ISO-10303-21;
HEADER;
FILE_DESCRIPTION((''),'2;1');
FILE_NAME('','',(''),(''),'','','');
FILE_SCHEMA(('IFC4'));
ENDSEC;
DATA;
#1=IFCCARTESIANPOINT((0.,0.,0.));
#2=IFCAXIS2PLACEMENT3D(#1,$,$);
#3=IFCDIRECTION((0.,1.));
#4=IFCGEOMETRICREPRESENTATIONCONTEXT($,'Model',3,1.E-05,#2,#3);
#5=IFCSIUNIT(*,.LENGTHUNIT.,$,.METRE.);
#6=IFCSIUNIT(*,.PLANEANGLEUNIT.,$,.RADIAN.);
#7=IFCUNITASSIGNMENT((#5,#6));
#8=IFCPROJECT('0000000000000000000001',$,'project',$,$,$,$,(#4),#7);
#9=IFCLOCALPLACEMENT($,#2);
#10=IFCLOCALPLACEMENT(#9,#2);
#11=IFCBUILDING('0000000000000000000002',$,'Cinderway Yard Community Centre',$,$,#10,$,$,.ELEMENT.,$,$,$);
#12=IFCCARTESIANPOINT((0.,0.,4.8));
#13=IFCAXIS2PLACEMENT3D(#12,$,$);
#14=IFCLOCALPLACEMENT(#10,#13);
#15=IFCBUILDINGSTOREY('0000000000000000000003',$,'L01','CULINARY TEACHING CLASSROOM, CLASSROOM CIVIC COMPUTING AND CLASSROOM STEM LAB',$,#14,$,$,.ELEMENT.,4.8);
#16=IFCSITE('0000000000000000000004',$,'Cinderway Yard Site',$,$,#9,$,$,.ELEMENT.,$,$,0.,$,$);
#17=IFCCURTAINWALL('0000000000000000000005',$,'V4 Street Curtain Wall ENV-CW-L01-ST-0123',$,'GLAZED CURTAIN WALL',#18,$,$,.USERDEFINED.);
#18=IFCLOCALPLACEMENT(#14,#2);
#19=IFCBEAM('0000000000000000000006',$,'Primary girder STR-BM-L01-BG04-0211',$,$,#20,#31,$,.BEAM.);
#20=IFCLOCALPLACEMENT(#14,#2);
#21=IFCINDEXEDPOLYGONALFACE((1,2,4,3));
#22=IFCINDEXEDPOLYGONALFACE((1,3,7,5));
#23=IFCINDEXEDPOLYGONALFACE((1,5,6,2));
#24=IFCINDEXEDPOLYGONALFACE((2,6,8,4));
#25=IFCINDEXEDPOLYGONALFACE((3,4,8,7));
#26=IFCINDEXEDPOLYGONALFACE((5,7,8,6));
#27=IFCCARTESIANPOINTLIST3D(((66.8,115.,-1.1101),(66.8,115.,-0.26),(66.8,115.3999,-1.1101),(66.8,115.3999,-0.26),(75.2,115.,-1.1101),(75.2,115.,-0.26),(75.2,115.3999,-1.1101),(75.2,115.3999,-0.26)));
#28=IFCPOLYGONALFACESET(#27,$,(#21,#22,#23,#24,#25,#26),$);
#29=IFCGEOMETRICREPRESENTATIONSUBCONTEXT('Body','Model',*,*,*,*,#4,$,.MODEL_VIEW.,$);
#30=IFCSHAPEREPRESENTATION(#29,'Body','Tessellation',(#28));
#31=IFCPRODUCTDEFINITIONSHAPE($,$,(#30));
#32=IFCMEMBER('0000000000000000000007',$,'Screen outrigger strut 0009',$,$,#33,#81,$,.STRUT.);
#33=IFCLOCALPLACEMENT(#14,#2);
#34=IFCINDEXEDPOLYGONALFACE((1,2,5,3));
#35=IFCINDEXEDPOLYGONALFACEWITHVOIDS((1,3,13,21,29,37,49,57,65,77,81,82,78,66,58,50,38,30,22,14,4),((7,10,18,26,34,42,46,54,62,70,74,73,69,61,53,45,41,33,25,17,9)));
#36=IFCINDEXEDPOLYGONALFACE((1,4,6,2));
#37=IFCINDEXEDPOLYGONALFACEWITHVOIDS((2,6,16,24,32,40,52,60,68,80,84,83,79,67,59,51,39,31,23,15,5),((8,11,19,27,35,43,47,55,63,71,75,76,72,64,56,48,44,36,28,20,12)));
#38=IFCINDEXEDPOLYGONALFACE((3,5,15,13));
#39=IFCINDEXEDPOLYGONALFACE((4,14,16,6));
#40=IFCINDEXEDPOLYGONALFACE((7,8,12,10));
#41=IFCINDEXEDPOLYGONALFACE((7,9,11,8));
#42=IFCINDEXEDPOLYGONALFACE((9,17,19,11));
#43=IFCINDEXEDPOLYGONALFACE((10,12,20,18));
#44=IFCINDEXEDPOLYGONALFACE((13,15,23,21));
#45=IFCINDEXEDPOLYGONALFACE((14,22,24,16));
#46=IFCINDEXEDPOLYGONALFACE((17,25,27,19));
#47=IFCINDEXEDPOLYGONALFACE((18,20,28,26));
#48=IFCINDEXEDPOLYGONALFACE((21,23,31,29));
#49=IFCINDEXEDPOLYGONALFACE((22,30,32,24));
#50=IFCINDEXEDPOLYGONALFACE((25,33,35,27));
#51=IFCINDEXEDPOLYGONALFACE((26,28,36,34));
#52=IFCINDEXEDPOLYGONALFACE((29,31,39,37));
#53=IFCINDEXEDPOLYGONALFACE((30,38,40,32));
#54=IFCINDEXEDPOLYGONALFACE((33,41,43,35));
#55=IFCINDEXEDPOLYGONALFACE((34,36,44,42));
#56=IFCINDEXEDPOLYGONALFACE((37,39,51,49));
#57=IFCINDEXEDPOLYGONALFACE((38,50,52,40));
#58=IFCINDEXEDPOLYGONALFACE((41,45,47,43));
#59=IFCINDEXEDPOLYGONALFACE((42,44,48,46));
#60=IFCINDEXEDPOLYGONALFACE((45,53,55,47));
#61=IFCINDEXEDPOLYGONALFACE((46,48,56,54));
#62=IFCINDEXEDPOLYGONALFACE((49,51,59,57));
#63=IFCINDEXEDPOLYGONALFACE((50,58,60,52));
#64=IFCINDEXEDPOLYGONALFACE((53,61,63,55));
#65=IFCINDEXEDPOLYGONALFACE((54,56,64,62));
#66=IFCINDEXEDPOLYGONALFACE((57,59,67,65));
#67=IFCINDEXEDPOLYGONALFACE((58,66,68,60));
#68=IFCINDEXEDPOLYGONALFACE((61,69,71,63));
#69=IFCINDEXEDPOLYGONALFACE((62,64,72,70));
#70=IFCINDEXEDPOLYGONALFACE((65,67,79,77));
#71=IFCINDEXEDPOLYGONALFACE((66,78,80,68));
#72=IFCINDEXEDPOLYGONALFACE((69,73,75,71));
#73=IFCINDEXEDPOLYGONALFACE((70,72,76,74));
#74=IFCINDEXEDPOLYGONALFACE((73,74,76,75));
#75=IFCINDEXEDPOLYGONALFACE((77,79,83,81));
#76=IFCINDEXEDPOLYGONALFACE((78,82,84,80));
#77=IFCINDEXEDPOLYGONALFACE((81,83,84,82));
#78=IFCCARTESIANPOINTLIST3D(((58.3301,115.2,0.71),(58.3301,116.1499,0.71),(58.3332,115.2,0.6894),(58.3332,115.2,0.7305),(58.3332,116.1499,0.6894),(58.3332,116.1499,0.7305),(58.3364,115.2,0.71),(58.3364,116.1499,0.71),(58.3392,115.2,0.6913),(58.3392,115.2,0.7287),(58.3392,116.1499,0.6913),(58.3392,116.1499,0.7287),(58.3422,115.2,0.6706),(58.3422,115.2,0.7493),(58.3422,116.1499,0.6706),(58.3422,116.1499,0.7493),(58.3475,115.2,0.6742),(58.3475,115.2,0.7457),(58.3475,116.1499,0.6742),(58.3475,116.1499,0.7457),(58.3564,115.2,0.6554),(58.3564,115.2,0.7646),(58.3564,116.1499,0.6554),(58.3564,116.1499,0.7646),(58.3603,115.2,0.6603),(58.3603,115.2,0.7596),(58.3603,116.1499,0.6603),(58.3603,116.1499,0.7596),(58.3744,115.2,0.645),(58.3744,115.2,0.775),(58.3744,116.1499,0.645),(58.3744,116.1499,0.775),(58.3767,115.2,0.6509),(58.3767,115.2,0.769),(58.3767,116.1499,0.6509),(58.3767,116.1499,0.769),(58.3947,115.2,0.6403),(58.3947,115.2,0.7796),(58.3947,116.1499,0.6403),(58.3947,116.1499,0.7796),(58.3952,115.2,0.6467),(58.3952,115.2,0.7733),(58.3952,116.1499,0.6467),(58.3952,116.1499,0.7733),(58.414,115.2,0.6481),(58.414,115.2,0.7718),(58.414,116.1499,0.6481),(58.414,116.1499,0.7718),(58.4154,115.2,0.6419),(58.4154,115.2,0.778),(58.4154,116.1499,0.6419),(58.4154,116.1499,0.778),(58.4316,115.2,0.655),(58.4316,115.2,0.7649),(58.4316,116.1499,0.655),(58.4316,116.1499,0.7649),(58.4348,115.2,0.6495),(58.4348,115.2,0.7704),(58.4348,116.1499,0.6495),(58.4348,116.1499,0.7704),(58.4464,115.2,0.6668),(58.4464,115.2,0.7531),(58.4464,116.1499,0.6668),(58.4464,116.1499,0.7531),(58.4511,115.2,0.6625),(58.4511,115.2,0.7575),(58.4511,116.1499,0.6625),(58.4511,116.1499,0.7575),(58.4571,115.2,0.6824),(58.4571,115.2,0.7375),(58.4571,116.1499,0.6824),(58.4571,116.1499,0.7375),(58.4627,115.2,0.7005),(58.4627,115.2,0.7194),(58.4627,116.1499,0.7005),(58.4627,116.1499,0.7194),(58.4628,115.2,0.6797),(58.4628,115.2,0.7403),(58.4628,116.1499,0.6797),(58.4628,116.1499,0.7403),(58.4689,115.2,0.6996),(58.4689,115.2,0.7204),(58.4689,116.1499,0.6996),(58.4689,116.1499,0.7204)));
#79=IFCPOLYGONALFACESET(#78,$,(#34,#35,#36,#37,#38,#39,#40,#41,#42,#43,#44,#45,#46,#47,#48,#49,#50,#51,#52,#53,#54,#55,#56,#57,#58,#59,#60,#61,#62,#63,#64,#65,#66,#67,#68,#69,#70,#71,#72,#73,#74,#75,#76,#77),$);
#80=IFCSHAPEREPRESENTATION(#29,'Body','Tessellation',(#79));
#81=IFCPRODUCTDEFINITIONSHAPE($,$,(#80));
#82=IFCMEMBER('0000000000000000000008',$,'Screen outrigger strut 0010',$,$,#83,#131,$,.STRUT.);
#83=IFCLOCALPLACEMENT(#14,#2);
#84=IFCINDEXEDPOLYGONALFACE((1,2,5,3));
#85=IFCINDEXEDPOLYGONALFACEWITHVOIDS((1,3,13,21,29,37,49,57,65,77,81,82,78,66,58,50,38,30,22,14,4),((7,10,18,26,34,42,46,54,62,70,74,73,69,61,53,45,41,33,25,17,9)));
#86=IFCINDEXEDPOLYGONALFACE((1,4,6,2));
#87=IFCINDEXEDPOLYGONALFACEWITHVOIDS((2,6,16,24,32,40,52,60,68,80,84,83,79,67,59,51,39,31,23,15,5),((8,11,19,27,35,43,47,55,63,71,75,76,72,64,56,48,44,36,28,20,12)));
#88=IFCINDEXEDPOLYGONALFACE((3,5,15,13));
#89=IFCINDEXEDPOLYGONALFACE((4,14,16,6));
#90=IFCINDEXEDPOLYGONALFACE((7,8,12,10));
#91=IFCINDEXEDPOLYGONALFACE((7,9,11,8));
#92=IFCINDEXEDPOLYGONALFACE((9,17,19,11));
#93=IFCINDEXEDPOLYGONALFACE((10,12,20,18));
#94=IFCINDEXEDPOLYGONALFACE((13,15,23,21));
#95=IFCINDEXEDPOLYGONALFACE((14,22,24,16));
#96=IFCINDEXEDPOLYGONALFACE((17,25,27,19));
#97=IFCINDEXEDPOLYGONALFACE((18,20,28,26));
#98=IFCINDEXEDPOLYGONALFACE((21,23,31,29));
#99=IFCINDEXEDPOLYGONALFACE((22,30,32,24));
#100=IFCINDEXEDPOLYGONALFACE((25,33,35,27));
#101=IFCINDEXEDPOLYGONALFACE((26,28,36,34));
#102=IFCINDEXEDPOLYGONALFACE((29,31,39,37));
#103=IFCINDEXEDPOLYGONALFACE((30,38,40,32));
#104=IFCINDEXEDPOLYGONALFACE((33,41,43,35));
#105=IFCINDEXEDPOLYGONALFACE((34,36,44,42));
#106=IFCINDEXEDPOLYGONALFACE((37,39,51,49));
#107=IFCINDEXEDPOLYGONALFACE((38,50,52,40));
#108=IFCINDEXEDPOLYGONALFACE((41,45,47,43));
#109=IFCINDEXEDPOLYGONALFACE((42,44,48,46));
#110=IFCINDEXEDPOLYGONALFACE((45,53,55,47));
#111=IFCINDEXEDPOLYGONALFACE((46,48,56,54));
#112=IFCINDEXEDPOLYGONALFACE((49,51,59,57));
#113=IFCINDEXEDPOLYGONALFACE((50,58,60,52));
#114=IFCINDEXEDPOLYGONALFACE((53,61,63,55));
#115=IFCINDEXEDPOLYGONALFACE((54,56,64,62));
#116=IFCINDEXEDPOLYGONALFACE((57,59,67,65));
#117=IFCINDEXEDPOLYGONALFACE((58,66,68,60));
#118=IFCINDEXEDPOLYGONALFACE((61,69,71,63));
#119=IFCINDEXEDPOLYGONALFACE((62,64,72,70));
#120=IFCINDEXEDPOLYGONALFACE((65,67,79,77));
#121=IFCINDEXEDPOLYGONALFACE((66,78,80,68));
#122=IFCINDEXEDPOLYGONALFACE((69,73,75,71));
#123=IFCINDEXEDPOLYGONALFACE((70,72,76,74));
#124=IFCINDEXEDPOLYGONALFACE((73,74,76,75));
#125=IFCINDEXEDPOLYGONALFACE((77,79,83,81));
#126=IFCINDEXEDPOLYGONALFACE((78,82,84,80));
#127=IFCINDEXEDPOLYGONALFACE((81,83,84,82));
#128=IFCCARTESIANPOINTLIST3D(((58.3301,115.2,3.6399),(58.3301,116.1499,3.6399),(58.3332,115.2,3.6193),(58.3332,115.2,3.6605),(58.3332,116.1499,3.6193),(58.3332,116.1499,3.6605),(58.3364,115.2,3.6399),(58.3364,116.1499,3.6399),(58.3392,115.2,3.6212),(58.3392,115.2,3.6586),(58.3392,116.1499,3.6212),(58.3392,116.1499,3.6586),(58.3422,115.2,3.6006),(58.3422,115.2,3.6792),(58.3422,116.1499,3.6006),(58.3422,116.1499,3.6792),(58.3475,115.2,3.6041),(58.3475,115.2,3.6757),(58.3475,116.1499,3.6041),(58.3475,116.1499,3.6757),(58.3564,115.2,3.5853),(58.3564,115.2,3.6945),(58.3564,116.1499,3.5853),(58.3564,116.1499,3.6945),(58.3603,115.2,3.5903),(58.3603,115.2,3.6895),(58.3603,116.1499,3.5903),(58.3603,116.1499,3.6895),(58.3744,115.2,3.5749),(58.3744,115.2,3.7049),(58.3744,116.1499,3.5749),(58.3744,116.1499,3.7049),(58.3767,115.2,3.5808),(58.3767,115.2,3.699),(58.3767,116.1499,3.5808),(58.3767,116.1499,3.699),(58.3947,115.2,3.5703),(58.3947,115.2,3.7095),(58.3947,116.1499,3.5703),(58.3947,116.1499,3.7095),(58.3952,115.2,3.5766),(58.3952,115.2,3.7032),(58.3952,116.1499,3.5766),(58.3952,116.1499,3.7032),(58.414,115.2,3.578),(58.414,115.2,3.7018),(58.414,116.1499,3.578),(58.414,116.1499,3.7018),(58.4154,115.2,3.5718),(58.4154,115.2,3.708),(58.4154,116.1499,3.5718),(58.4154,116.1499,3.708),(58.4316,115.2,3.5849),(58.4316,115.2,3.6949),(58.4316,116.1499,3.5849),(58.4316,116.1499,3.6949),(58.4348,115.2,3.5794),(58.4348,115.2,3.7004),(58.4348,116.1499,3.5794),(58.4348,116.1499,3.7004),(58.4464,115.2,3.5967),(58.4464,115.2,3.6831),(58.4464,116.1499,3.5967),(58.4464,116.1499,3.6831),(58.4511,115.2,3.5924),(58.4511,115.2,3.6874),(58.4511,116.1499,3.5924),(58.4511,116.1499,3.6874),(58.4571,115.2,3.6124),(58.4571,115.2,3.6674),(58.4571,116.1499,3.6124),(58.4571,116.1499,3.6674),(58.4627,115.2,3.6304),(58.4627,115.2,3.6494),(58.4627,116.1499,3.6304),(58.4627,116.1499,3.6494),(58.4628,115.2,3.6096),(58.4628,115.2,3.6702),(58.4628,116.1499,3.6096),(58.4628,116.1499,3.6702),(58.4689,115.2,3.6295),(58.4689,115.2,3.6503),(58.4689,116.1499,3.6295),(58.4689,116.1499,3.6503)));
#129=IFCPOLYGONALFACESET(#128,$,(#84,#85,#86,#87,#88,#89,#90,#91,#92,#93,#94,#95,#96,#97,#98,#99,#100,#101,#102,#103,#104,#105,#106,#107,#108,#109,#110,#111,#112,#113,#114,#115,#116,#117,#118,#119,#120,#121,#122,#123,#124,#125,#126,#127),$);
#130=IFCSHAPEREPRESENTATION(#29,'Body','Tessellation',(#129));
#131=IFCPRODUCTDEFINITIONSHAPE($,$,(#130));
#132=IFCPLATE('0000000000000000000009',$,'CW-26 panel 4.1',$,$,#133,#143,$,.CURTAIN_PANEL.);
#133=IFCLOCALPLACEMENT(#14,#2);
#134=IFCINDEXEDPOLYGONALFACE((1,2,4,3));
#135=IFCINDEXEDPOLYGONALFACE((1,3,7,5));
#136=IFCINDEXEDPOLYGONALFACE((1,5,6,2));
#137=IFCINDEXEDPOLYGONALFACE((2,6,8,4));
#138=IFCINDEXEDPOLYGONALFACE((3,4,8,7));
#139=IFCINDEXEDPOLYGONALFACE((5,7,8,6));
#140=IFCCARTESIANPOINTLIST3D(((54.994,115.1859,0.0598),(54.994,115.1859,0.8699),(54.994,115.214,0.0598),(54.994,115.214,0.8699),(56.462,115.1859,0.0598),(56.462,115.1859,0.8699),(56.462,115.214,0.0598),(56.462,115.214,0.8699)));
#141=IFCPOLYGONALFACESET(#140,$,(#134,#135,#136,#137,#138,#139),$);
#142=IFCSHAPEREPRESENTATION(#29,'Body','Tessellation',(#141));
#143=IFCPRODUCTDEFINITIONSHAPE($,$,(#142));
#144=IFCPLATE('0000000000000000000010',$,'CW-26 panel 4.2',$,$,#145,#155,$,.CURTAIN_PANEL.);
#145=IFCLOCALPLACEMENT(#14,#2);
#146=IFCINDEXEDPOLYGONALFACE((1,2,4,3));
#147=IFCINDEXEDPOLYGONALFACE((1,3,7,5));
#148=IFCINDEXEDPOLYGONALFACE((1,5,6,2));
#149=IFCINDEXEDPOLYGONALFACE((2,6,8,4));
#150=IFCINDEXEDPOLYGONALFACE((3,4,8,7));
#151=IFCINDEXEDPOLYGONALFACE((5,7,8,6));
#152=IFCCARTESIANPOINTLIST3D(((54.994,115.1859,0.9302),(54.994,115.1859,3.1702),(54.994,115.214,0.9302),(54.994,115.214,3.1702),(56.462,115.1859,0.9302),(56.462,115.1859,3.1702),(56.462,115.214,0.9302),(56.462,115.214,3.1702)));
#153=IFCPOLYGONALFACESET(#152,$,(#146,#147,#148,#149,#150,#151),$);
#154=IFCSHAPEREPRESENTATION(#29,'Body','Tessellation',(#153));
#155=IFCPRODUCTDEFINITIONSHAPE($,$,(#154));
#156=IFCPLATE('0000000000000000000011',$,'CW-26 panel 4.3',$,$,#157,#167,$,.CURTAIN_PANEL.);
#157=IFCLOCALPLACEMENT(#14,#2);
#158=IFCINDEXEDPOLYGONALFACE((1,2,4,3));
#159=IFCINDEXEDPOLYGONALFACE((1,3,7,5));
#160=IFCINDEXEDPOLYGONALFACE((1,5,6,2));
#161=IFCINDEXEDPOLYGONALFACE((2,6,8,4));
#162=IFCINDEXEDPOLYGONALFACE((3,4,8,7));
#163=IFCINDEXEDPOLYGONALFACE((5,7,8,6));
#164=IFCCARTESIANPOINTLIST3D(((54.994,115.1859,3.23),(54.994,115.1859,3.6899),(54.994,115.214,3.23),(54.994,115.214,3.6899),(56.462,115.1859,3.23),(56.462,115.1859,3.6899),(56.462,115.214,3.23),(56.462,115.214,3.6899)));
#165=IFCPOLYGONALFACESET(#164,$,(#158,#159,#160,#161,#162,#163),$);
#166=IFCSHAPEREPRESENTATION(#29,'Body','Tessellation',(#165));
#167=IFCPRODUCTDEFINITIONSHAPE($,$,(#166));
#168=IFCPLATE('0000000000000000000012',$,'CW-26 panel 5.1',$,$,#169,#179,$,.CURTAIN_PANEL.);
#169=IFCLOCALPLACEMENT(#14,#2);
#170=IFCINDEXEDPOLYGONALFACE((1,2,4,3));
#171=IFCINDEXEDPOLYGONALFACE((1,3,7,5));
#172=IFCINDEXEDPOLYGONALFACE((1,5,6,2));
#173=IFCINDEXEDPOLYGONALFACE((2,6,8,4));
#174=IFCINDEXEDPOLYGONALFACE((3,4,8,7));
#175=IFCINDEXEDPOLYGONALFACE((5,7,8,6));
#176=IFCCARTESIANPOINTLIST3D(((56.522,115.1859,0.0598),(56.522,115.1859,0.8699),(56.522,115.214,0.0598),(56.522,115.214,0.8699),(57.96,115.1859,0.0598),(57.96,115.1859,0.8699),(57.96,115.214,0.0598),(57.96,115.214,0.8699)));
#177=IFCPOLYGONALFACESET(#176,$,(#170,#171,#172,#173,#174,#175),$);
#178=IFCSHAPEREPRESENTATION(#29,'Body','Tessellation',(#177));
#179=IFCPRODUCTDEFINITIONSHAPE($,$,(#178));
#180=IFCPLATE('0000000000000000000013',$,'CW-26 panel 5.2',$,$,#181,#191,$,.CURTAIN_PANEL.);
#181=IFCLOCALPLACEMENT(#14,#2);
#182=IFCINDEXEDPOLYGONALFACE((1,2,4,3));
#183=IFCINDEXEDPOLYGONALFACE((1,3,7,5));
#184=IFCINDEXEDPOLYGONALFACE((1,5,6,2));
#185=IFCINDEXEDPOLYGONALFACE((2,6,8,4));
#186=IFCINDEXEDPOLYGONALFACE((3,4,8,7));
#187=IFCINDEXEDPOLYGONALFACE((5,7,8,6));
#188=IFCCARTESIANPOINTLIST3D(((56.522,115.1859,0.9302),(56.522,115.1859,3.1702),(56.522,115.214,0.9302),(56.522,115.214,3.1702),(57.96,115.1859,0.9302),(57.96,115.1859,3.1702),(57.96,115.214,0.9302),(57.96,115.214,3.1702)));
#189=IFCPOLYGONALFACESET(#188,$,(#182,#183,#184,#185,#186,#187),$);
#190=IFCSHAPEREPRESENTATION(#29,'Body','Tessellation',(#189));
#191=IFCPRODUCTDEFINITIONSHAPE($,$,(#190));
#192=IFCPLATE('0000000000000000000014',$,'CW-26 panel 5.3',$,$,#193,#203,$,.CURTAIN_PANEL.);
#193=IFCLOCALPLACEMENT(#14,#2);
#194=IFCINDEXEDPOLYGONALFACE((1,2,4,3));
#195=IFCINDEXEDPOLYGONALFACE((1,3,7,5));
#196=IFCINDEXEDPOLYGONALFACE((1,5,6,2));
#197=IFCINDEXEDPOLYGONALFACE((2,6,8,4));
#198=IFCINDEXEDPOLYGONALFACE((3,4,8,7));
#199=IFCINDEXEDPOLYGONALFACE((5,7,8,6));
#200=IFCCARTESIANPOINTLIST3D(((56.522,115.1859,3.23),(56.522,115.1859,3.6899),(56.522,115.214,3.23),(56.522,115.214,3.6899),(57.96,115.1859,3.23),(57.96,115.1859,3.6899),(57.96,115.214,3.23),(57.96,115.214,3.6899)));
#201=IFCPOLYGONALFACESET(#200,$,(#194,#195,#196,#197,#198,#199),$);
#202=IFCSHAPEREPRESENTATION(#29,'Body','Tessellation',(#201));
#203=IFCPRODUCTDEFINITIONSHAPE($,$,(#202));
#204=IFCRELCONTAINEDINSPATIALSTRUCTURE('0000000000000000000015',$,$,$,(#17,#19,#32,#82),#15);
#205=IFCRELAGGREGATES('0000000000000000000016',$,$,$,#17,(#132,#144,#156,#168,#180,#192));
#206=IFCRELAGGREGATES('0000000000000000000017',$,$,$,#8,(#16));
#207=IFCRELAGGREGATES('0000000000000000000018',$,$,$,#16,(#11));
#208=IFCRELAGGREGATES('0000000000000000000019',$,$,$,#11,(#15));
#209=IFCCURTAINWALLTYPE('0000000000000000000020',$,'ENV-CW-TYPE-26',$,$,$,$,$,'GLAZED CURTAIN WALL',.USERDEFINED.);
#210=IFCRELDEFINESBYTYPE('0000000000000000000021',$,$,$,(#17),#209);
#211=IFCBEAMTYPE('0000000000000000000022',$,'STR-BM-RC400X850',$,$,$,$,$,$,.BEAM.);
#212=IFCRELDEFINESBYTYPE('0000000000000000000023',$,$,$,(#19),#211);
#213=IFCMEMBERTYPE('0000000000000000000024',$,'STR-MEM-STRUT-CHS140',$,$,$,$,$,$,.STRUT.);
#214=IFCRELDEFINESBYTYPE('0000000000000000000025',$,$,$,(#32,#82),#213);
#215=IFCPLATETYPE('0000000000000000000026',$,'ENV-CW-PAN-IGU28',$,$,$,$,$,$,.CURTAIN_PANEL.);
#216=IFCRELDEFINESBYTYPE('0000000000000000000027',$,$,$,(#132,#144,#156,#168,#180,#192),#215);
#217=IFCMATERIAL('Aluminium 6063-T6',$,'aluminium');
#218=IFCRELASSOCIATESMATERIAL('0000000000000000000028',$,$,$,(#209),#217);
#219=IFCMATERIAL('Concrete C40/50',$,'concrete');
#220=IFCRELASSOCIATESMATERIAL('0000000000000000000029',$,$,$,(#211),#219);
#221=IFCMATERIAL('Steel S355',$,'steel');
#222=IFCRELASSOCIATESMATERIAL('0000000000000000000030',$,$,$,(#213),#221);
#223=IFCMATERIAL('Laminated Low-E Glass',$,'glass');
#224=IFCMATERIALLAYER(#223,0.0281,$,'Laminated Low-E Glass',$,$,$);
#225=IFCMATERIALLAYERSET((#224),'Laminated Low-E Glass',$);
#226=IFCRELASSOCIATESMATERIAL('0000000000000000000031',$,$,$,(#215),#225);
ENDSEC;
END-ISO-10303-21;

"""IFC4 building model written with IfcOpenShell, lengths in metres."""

from ifc_helpers import new_model, si_unit, direction, frame, origin, origin_2d, place, context, subcontext, project, spatial, rectangle, hollow_circle, extrude, material, layer, layer_set, material_profile, profile_set, type_object, element, aggregate, save


model = new_model("IFC4")

# Units and contexts
model_context = context("Model", 3, precision=1e-05, world=origin(), true_north=direction((0.0, 1.0)))
body_context = subcontext(model_context, "Body", "Model", "MODEL_VIEW")
ifc_project = project(units=[si_unit("LENGTHUNIT", "METRE"), si_unit("PLANEANGLEUNIT", "RADIAN")], contexts=[model_context])

# Site, building, storey
site_placement = place(None, origin())
site = spatial("IfcSite", under=ifc_project, at=site_placement, Name="Cinderway Yard Site", CompositionType="ELEMENT", RefElevation=0.0)
building_placement = place(site_placement, origin())
building = spatial("IfcBuilding", under=site, at=building_placement, Name="Cinderway Yard Community Centre", CompositionType="ELEMENT")
storey_placement = place(building_placement, frame((0.0, 0.0, 4.8)))
storey = spatial("IfcBuildingStorey", under=building, at=storey_placement, Name="L01", Description="CULINARY TEACHING CLASSROOM, CLASSROOM CIVIC COMPUTING AND CLASSROOM STEM LAB", CompositionType="ELEMENT", Elevation=4.8)

# Shared definitions
ifc_material_1 = material(Name="Concrete C40/50", Category="concrete")

# Curtain wall
ifc_material_2 = material(Name="Aluminium 6063-T6", Category="aluminium")
curtain_wall_type = type_object("IfcCurtainWallType", Name="ENV-CW-TYPE-26", ElementType="GLAZED CURTAIN WALL", PredefinedType="USERDEFINED", material=ifc_material_2)
curtain_wall_placement = place(storey_placement, origin())
curtain_wall = element("IfcCurtainWall", 1, at=curtain_wall_placement, inside=storey, type_object=curtain_wall_type, Name="V4 Street Curtain Wall ENV-CW-L01-ST-0123", ObjectType="GLAZED CURTAIN WALL", PredefinedType="USERDEFINED")

# Beam
ifc_material_profile_1 = material_profile(ifc_material_1, rectangle(XDim=0.3999, YDim=0.8501, at=origin_2d()), Name="Concrete C40/50")
ifc_profile_set_1 = profile_set([ifc_material_profile_1], Name="Concrete C40/50")
beam_type = type_object("IfcBeamType", Name="STR-BM-RC400X850", PredefinedType="BEAM", material=ifc_profile_set_1)
beam_1_placement = place(storey_placement, frame((66.8, 115.2, -0.6851), z_axis=(1.0, 0.0, 0.0), x_axis=(0.0, 1.0, 0.0)))
element("IfcBeam", 2, at=beam_1_placement, inside=storey, type_object=beam_type, Name="Primary girder STR-BM-L01-BG04-0211", PredefinedType="BEAM", context=body_context, shape_type="SweptSolid", body=[
    extrude(rectangle(XDim=0.3999, YDim=0.8501, at=origin_2d()), origin(), (0.0, 0.0, 1.0), 8.3999),
])

# Members
ifc_material_3 = material(Name="Steel S355", Category="steel")
ifc_material_profile_2 = material_profile(ifc_material_3, hollow_circle(Radius=0.0698, WallThickness=0.0063, at=origin_2d()), Name="Steel S355")
ifc_profile_set_2 = profile_set([ifc_material_profile_2], Name="Steel S355")
member_type_1 = type_object("IfcMemberType", Name="STR-MEM-STRUT-CHS140", PredefinedType="STRUT", material=ifc_profile_set_2)
for number, where, z_axis, x_axis, name in (
    (3, (58.3999, 115.2, 0.71), (0.0, 1.0, 0.0), (-1.0, 0.0, 0.0), "Screen outrigger strut 0009"),
    (4, (58.3999, 115.2, 3.6399), (0.0, 1.0, 0.0), (-1.0, 0.0, 0.0), "Screen outrigger strut 0010"),
):
    element("IfcMember", number, at=place(storey_placement, frame(where, z_axis=z_axis, x_axis=x_axis)), inside=storey, type_object=member_type_1, Name=name, PredefinedType="STRUT", context=body_context, shape_type="SweptSolid", body=[
        extrude(hollow_circle(Radius=0.0698, WallThickness=0.0063, at=origin_2d()), origin(), (0.0, 0.0, 1.0), 0.95),
    ])

# Plates
ifc_material_4 = material(Name="Laminated Low-E Glass", Category="glass")
ifc_layer_1 = layer(ifc_material_4, 0.0281, Name="Laminated Low-E Glass")
ifc_layer_set_1 = layer_set([ifc_layer_1], Name="Laminated Low-E Glass")
plate_type = type_object("IfcPlateType", Name="ENV-CW-PAN-IGU28", PredefinedType="CURTAIN_PANEL", material=ifc_layer_set_1)
plate_1_placement = place(storey_placement, frame((55.728, 115.2, 0.0598), z_axis=(0.0, 0.0, 1.0), x_axis=(1.0, 0.0, 0.0)))
plate_1 = element("IfcPlate", 5, at=plate_1_placement, type_object=plate_type, Name="CW-26 panel 4.1", PredefinedType="CURTAIN_PANEL", context=body_context, shape_type="SweptSolid", body=[
    extrude(rectangle(XDim=1.468, YDim=0.0281, at=origin_2d()), origin(), (0.0, 0.0, 1.0), 0.8101),
])
plate_2_placement = place(storey_placement, frame((55.728, 115.2, 0.9302), z_axis=(0.0, 0.0, 1.0), x_axis=(1.0, 0.0, 0.0)))
plate_2 = element("IfcPlate", 6, at=plate_2_placement, type_object=plate_type, Name="CW-26 panel 4.2", PredefinedType="CURTAIN_PANEL", context=body_context, shape_type="SweptSolid", body=[
    extrude(rectangle(XDim=1.468, YDim=0.0281, at=origin_2d()), origin(), (0.0, 0.0, 1.0), 2.24),
])
plate_3_placement = place(storey_placement, frame((55.728, 115.2, 3.23), z_axis=(0.0, 0.0, 1.0), x_axis=(1.0, 0.0, 0.0)))
plate_3 = element("IfcPlate", 7, at=plate_3_placement, type_object=plate_type, Name="CW-26 panel 4.3", PredefinedType="CURTAIN_PANEL", context=body_context, shape_type="SweptSolid", body=[
    extrude(rectangle(XDim=1.468, YDim=0.0281, at=origin_2d()), origin(), (0.0, 0.0, 1.0), 0.46),
])
plate_4_placement = place(storey_placement, frame((57.241, 115.2, 0.0598), z_axis=(0.0, 0.0, 1.0), x_axis=(1.0, 0.0, 0.0)))
plate_4 = element("IfcPlate", 8, at=plate_4_placement, type_object=plate_type, Name="CW-26 panel 5.1", PredefinedType="CURTAIN_PANEL", context=body_context, shape_type="SweptSolid", body=[
    extrude(rectangle(XDim=1.438, YDim=0.0281, at=origin_2d()), origin(), (0.0, 0.0, 1.0), 0.8101),
])
plate_5_placement = place(storey_placement, frame((57.241, 115.2, 0.9302), z_axis=(0.0, 0.0, 1.0), x_axis=(1.0, 0.0, 0.0)))
plate_5 = element("IfcPlate", 9, at=plate_5_placement, type_object=plate_type, Name="CW-26 panel 5.2", PredefinedType="CURTAIN_PANEL", context=body_context, shape_type="SweptSolid", body=[
    extrude(rectangle(XDim=1.438, YDim=0.0281, at=origin_2d()), origin(), (0.0, 0.0, 1.0), 2.24),
])
plate_6_placement = place(storey_placement, frame((57.241, 115.2, 3.23), z_axis=(0.0, 0.0, 1.0), x_axis=(1.0, 0.0, 0.0)))
plate_6 = element("IfcPlate", 10, at=plate_6_placement, type_object=plate_type, Name="CW-26 panel 5.3", PredefinedType="CURTAIN_PANEL", context=body_context, shape_type="SweptSolid", body=[
    extrude(rectangle(XDim=1.438, YDim=0.0281, at=origin_2d()), origin(), (0.0, 0.0, 1.0), 0.46),
])
aggregate(curtain_wall, [plate_1, plate_2, plate_3, plate_4, plate_5, plate_6])

save(model, "model.ifc")
